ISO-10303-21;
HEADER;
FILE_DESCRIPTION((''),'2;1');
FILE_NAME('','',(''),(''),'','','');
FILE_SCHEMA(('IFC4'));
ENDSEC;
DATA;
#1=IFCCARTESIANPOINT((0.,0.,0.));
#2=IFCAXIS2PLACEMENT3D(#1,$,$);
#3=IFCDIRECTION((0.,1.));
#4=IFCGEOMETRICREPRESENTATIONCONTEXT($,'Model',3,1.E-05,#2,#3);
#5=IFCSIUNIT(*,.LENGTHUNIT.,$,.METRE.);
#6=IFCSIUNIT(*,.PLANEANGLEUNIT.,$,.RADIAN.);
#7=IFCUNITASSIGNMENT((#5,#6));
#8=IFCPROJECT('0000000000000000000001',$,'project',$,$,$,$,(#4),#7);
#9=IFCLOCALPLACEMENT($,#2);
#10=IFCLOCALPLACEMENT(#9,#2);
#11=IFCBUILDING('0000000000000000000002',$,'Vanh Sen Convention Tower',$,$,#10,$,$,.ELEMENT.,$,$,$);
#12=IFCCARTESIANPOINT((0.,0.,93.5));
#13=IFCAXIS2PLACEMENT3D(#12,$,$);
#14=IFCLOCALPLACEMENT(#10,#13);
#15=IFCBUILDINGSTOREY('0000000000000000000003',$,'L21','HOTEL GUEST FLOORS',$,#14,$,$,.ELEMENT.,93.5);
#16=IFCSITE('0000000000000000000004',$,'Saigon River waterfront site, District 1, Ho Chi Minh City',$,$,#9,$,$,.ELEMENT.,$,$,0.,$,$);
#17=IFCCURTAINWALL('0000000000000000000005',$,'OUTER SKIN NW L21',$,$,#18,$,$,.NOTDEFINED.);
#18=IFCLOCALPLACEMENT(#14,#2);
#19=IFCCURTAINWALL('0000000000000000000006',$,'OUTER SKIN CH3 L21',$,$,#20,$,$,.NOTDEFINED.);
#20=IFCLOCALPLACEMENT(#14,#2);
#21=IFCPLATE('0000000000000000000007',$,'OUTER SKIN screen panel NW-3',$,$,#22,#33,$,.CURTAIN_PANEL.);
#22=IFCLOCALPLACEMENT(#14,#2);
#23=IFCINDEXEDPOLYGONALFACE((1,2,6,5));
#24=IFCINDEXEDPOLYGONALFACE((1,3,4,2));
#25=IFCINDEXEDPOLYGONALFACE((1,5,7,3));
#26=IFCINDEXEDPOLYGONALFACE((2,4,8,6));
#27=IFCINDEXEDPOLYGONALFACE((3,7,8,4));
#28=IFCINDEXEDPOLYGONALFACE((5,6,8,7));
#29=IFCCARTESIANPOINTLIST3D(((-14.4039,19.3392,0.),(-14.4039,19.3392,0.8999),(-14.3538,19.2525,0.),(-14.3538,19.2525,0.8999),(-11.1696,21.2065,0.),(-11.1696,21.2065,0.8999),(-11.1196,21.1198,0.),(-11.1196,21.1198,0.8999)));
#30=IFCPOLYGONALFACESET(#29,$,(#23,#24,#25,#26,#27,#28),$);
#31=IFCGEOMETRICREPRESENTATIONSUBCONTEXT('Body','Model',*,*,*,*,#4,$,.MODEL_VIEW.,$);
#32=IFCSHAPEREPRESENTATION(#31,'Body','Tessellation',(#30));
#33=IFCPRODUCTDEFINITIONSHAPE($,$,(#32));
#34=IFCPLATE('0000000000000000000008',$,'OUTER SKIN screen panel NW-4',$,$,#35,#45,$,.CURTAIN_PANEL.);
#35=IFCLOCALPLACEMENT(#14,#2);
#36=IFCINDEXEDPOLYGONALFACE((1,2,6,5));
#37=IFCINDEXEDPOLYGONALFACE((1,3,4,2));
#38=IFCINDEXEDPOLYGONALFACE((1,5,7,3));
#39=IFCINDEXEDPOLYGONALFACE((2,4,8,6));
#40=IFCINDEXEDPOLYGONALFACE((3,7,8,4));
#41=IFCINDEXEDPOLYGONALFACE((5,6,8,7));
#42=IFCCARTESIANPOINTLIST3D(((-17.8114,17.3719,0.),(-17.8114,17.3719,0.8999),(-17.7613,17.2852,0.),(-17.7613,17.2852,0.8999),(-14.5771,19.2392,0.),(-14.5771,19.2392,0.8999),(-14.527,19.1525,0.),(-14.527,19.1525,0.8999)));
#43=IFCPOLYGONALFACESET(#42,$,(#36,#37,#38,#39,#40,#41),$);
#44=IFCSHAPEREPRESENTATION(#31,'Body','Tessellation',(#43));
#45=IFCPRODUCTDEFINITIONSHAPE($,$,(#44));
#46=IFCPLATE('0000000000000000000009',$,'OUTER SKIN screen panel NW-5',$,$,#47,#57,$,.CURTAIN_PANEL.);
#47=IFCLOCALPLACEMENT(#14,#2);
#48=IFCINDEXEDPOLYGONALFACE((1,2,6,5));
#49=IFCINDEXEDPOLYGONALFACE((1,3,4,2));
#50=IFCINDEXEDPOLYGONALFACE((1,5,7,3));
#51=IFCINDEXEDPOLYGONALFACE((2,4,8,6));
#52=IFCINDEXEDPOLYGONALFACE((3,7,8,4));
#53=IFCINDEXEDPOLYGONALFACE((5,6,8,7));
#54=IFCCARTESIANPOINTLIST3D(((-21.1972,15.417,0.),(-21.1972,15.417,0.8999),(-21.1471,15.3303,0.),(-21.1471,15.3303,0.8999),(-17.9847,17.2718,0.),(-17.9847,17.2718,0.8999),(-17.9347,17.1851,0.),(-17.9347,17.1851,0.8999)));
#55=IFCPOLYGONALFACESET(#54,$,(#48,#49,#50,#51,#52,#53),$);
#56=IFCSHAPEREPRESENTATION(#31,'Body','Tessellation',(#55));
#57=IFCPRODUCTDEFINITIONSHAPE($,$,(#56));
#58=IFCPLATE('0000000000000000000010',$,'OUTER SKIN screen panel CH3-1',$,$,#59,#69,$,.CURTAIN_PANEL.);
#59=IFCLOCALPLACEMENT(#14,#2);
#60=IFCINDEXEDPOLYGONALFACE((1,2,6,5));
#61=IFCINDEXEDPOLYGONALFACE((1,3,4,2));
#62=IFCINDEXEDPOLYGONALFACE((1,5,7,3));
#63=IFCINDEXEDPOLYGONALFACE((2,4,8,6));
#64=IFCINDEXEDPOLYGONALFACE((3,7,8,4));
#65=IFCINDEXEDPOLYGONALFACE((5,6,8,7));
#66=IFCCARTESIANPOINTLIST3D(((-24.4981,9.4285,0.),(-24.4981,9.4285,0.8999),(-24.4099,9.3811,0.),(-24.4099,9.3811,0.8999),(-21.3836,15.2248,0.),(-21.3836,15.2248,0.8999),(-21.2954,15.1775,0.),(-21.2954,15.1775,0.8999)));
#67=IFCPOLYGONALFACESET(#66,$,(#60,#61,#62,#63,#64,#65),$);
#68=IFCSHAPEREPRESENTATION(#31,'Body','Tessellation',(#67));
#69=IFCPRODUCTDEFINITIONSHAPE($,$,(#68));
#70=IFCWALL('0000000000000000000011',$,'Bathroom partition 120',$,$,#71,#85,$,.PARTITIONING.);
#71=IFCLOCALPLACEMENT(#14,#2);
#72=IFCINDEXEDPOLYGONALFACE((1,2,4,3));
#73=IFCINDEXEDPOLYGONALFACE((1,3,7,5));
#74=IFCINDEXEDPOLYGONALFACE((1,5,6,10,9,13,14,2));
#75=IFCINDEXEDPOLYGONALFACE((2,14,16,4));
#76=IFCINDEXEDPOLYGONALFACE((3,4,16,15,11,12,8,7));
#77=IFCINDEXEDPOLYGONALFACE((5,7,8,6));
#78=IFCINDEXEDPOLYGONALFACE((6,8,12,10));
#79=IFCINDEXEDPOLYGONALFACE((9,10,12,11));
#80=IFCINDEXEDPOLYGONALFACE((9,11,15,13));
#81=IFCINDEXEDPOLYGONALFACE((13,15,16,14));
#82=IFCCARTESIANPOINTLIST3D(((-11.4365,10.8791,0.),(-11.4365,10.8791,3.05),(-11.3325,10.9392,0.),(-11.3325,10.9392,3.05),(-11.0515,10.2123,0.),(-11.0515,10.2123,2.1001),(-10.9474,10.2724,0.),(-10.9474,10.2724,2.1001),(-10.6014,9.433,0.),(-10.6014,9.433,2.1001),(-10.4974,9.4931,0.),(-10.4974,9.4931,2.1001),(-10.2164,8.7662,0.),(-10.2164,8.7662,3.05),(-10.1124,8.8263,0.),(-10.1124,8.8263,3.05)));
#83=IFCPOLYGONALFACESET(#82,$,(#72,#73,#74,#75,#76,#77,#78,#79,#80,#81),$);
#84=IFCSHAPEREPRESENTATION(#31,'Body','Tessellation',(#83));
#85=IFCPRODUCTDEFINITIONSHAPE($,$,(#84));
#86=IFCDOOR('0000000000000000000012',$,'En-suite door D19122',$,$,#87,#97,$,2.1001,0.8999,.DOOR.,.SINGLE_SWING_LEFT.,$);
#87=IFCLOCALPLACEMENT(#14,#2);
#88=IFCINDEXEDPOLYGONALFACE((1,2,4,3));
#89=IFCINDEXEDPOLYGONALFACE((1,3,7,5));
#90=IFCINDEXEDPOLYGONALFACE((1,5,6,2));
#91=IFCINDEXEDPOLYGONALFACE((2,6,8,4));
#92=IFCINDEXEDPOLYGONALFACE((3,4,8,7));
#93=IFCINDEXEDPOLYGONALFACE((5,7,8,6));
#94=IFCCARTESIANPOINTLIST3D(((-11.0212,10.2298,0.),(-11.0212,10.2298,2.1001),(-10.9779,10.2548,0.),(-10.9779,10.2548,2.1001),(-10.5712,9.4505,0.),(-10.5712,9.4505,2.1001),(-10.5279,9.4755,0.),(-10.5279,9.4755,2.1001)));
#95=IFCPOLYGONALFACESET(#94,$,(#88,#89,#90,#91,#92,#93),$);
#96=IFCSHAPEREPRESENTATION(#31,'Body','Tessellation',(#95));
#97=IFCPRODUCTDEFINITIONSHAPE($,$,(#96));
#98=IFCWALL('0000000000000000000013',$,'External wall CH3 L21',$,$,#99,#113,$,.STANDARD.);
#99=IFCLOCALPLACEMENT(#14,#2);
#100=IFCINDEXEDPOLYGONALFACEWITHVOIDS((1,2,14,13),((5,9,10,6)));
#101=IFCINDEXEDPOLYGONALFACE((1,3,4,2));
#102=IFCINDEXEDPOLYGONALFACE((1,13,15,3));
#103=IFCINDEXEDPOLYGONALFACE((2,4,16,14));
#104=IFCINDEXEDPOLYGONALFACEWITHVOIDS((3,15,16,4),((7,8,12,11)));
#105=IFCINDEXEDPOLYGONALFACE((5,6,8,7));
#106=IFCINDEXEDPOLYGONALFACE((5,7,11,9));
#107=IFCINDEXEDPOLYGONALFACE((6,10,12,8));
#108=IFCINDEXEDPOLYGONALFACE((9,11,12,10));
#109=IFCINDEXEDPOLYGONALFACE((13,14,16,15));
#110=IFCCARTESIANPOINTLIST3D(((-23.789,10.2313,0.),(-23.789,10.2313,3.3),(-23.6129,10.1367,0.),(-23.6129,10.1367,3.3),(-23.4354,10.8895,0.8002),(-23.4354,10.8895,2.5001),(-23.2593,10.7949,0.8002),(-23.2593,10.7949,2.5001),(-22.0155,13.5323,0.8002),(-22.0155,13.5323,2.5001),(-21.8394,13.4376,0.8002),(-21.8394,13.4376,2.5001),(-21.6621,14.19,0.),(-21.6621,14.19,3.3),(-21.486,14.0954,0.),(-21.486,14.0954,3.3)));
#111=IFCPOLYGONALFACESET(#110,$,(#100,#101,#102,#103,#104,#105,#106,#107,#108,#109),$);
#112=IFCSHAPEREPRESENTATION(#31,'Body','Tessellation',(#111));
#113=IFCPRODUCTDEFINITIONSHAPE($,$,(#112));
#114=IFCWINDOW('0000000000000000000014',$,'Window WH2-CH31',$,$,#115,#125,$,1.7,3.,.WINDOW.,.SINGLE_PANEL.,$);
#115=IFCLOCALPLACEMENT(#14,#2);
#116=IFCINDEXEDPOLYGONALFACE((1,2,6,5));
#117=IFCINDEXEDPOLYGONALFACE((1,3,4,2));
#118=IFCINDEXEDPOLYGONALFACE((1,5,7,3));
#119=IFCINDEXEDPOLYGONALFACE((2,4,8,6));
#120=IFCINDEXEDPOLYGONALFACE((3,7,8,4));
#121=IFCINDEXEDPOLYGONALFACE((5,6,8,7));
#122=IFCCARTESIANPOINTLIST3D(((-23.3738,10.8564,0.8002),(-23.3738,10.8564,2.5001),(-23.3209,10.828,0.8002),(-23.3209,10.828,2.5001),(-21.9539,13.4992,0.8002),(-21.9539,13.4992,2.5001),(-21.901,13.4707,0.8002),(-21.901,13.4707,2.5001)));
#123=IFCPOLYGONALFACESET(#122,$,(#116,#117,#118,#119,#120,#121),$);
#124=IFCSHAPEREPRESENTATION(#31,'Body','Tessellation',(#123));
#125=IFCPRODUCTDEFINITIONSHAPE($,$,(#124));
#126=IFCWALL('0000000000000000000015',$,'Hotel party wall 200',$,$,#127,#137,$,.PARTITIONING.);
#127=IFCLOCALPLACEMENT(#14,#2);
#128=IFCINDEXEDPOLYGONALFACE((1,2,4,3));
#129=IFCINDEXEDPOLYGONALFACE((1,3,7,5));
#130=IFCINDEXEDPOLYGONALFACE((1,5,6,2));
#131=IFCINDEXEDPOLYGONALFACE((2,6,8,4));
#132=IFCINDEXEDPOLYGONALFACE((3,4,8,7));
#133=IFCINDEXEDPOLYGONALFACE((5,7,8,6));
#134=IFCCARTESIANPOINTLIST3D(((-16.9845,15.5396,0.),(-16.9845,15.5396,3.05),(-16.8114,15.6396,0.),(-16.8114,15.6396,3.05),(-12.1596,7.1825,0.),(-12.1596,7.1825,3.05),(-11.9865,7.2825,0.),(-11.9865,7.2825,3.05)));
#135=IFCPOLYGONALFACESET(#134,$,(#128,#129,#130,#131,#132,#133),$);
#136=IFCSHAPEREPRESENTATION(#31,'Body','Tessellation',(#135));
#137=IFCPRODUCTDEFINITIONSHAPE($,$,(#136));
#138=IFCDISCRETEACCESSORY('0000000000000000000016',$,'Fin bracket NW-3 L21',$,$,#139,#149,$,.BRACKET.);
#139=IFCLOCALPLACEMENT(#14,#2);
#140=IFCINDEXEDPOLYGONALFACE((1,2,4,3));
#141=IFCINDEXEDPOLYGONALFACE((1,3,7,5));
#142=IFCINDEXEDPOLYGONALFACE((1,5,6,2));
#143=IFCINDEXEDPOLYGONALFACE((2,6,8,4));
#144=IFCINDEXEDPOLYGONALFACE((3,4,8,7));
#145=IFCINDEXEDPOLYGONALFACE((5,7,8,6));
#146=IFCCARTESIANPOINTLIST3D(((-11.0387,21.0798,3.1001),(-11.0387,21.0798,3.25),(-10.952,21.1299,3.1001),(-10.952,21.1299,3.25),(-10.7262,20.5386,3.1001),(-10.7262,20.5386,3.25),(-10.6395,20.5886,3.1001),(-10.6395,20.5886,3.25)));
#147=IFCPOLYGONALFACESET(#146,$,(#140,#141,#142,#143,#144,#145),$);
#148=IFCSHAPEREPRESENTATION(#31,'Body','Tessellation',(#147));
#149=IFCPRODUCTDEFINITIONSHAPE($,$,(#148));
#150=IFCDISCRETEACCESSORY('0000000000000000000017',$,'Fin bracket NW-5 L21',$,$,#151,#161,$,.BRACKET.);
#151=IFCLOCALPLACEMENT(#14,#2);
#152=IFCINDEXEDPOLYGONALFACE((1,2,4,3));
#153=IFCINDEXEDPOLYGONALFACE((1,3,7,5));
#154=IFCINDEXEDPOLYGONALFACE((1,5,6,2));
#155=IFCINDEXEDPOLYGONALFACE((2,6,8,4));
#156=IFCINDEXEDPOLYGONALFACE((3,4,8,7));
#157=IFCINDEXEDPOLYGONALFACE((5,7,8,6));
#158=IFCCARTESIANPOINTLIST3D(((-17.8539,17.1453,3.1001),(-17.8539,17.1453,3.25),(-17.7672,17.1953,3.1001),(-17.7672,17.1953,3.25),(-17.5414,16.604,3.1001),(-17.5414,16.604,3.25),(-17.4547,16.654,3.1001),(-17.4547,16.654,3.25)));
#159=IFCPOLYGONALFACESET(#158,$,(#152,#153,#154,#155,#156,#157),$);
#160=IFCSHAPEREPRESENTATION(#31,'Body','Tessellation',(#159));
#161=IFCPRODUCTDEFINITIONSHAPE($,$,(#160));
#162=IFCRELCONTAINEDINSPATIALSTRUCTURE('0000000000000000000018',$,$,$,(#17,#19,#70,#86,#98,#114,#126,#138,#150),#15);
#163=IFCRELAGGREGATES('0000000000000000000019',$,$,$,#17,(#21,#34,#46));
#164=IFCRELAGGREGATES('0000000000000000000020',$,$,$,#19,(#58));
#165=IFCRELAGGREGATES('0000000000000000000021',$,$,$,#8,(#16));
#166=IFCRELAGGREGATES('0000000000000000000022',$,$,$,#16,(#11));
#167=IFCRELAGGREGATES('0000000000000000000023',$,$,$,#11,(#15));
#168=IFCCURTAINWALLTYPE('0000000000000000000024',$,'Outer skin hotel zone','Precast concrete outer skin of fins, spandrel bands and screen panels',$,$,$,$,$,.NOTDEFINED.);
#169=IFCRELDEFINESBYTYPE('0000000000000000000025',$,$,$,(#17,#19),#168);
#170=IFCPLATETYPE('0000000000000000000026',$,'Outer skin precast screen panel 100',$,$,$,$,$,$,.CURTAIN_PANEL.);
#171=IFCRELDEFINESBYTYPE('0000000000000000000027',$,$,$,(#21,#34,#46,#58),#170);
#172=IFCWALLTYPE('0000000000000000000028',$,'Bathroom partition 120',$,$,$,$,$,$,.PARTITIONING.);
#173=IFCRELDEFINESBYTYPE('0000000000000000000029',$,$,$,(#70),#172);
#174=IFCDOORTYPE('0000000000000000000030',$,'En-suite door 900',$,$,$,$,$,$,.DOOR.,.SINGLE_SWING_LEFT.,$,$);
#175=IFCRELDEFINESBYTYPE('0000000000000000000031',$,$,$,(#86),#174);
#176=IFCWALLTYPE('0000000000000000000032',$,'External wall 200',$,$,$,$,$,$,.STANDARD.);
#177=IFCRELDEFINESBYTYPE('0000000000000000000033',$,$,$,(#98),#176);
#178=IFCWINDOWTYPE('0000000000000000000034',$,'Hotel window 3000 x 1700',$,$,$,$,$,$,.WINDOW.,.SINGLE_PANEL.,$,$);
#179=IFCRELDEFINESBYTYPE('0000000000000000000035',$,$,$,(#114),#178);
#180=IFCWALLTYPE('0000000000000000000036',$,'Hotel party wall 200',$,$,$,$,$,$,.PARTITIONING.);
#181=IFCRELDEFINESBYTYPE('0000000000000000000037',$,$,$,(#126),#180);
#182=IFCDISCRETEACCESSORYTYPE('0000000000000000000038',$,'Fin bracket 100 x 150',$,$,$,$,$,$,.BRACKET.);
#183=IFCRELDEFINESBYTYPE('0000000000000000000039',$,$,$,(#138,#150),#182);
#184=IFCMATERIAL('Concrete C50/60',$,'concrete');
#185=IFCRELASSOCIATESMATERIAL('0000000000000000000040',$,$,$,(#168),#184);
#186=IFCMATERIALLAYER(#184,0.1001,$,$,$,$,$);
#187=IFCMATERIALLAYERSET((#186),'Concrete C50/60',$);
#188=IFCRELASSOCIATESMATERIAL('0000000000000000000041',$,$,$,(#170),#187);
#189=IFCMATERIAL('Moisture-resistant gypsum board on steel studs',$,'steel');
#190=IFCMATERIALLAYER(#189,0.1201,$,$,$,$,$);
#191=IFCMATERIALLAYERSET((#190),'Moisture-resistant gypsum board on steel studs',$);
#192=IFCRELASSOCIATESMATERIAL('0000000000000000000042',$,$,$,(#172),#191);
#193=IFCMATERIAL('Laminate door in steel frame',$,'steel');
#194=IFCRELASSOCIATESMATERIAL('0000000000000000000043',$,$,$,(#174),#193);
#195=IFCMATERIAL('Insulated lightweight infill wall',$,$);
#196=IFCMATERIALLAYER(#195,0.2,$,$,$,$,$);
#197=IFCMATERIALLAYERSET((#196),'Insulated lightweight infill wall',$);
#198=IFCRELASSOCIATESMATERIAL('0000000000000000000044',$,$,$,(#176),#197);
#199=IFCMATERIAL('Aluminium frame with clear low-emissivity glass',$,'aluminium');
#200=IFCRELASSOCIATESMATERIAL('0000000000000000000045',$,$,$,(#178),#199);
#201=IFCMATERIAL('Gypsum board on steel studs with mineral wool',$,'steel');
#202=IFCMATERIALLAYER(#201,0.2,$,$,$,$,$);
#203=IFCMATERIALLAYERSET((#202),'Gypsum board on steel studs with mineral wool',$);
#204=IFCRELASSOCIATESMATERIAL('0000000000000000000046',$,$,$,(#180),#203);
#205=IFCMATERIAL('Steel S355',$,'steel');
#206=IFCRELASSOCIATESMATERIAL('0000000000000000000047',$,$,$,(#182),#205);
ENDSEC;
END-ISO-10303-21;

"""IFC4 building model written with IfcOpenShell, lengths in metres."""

from ifc_helpers import new_model, si_unit, direction, frame, frame_2d, origin, origin_2d, place, context, subcontext, project, spatial, rectangle, extrude, material, layer, layer_set, type_object, element, fill, aggregate, save


model = new_model("IFC4")

# Units and contexts
model_context = context("Model", 3, precision=1e-05, world=origin(), true_north=direction((0.0, 1.0)))
body_context = subcontext(model_context, "Body", "Model", "MODEL_VIEW")
ifc_project = project(units=[si_unit("LENGTHUNIT", "METRE"), si_unit("PLANEANGLEUNIT", "RADIAN")], contexts=[model_context])

# Site, building, storey
site_placement = place(None, origin())
site = spatial("IfcSite", under=ifc_project, at=site_placement, Name="Saigon River waterfront site, District 1, Ho Chi Minh City", CompositionType="ELEMENT", RefElevation=0.0)
building_placement = place(site_placement, origin())
building = spatial("IfcBuilding", under=site, at=building_placement, Name="Vanh Sen Convention Tower", CompositionType="ELEMENT")
storey_placement = place(building_placement, frame((0.0, 0.0, 93.5)))
storey = spatial("IfcBuildingStorey", under=building, at=storey_placement, Name="L21", Description="HOTEL GUEST FLOORS", CompositionType="ELEMENT", Elevation=93.5)

# Curtain wall
ifc_material_1 = material(Name="Concrete C50/60", Category="concrete")
curtain_wall_type = type_object("IfcCurtainWallType", Name="Outer skin hotel zone", Description="Precast concrete outer skin of fins, spandrel bands and screen panels", PredefinedType="NOTDEFINED", material=ifc_material_1)
curtain_wall_1_placement = place(storey_placement, origin())
curtain_wall_1 = element("IfcCurtainWall", 1, at=curtain_wall_1_placement, inside=storey, type_object=curtain_wall_type, Name="OUTER SKIN NW L21", PredefinedType="NOTDEFINED")

# Curtain wall
curtain_wall_2_placement = place(storey_placement, origin())
curtain_wall_2 = element("IfcCurtainWall", 2, at=curtain_wall_2_placement, inside=storey, type_object=curtain_wall_type, Name="OUTER SKIN CH3 L21", PredefinedType="NOTDEFINED")

# Plates
ifc_layer_1 = layer(ifc_material_1, 0.1001)
ifc_layer_set_1 = layer_set([ifc_layer_1], Name="Concrete C50/60")
plate_type = type_object("IfcPlateType", Name="Outer skin precast screen panel 100", PredefinedType="CURTAIN_PANEL", material=ifc_layer_set_1)
plate_1_placement = place(storey_placement, frame((-12.7617, 20.2295, 0.0), z_axis=(0.0, 0.0, 1.0), x_axis=(-0.866028, -0.499995, 0.0)))
plate_1 = element("IfcPlate", 3, at=plate_1_placement, type_object=plate_type, Name="OUTER SKIN screen panel NW-3", PredefinedType="CURTAIN_PANEL", context=body_context, shape_type="SweptSolid", body=[
    extrude(rectangle(XDim=3.7346, YDim=0.1001, at=origin_2d()), origin(), (0.0, 0.0, 1.0), 0.8999),
])
plate_2_placement = place(storey_placement, frame((-16.1692, 18.2622, 0.0), z_axis=(0.0, 0.0, 1.0), x_axis=(-0.866028, -0.499995, 0.0)))
plate_2 = element("IfcPlate", 4, at=plate_2_placement, type_object=plate_type, Name="OUTER SKIN screen panel NW-4", PredefinedType="CURTAIN_PANEL", context=body_context, shape_type="SweptSolid", body=[
    extrude(rectangle(XDim=3.7346, YDim=0.1001, at=origin_2d()), origin(), (0.0, 0.0, 1.0), 0.8999),
])
plate_3_placement = place(storey_placement, frame((-19.5659, 16.301, 0.0), z_axis=(0.0, 0.0, 1.0), x_axis=(-0.866021, -0.500008, 0.0)))
plate_3 = element("IfcPlate", 5, at=plate_3_placement, type_object=plate_type, Name="OUTER SKIN screen panel NW-5", PredefinedType="CURTAIN_PANEL", context=body_context, shape_type="SweptSolid", body=[
    extrude(rectangle(XDim=3.7095, YDim=0.1001, at=origin_2d()), origin(), (0.0, 0.0, 1.0), 0.8999),
])
aggregate(curtain_wall_1, [plate_1, plate_2, plate_3])
plate_4_placement = place(storey_placement, frame((-22.8967, 12.303, 0.0), z_axis=(0.0, 0.0, 1.0), x_axis=(-0.473318, -0.880892, 0.0)))
plate_4 = element("IfcPlate", 6, at=plate_4_placement, type_object=plate_type, Name="OUTER SKIN screen panel CH3-1", PredefinedType="CURTAIN_PANEL", context=body_context, shape_type="SweptSolid", body=[
    extrude(rectangle(XDim=6.5801, YDim=0.1001, at=origin_2d()), origin(), (0.0, 0.0, 1.0), 0.8999),
])
aggregate(curtain_wall_2, [plate_4])

# Wall, opening, door
ifc_material_2 = material(Name="Moisture-resistant gypsum board on steel studs", Category="steel")
ifc_layer_2 = layer(ifc_material_2, 0.1201)
ifc_layer_set_2 = layer_set([ifc_layer_2], Name="Moisture-resistant gypsum board on steel studs")
wall_type_1 = type_object("IfcWallType", Name="Bathroom partition 120", PredefinedType="PARTITIONING", material=ifc_layer_set_2)
wall_1_placement = place(storey_placement, frame((-11.3845, 10.9092, 0.0), z_axis=(0.0, 0.0, 1.0), x_axis=(0.500078, -0.865981, 0.0)))
wall_1 = element("IfcWall", 7, at=wall_1_placement, inside=storey, type_object=wall_type_1, Name="Bathroom partition 120", PredefinedType="PARTITIONING", context=body_context, shape_type="SweptSolid", body=[
    extrude(rectangle(XDim=2.4399, YDim=0.1201, at=frame_2d((1.22, 0.0))), origin(), (0.0, 0.0, 1.0), 3.05),
])
opening_1_placement = place(wall_1_placement, frame((0.77, 0.0, 0.0)))
opening_1 = element("IfcOpeningElement", 8, at=opening_1_placement, cuts=wall_1, PredefinedType="OPENING", context=body_context, shape_type="SweptSolid", body=[
    extrude(rectangle(XDim=0.8999, YDim=2.1001, at=frame_2d((0.45, 1.05))), frame((0.0, 0.0701, 0.0), z_axis=(0.0, -1.0, 0.0), x_axis=(1.0, 0.0, 0.0)), (0.0, 0.0, 1.0), 0.1401),
])
ifc_material_3 = material(Name="Laminate door in steel frame", Category="steel")
door_type = type_object("IfcDoorType", Name="En-suite door 900", OperationType="SINGLE_SWING_LEFT", PredefinedType="DOOR", material=ifc_material_3)
door_placement = place(opening_1_placement, origin())
door = element("IfcDoor", 9, at=door_placement, inside=storey, type_object=door_type, Name="En-suite door D19122", OperationType="SINGLE_SWING_LEFT", OverallHeight=2.1001, OverallWidth=0.8999, PredefinedType="DOOR", context=body_context, shape_type="SweptSolid", body=[
    extrude(rectangle(XDim=0.8999, YDim=2.1001, at=frame_2d((0.45, 1.05))), frame((0.0, 0.0249, 0.0), z_axis=(0.0, -1.0, 0.0), x_axis=(1.0, 0.0, 0.0)), (0.0, 0.0, 1.0), 0.05),
])
fill(opening_1, door)

# Wall, opening, window
ifc_material_4 = material(Name="Insulated lightweight infill wall")
ifc_layer_3 = layer(ifc_material_4, 0.2)
ifc_layer_set_3 = layer_set([ifc_layer_3], Name="Insulated lightweight infill wall")
wall_type_2 = type_object("IfcWallType", Name="External wall 200", PredefinedType="STANDARD", material=ifc_layer_set_3)
wall_2_placement = place(storey_placement, frame((-21.574, 14.1428, 0.0), z_axis=(0.0, 0.0, 1.0), x_axis=(-0.473293, -0.880905, 0.0)))
wall_2 = element("IfcWall", 10, at=wall_2_placement, inside=storey, type_object=wall_type_2, Name="External wall CH3 L21", PredefinedType="STANDARD", context=body_context, shape_type="SweptSolid", body=[
    extrude(rectangle(XDim=4.4939, YDim=0.2, at=frame_2d((2.2471, 0.0))), origin(), (0.0, 0.0, 1.0), 3.3),
])
opening_2_placement = place(wall_2_placement, frame((0.7468, 0.0, 0.8)))
opening_2 = element("IfcOpeningElement", 11, at=opening_2_placement, cuts=wall_2, PredefinedType="OPENING", context=body_context, shape_type="SweptSolid", body=[
    extrude(rectangle(XDim=3.0, YDim=1.7, at=frame_2d((1.5, 0.8501))), frame((0.0, 0.1099, 0.0), z_axis=(0.0, -1.0, 0.0), x_axis=(1.0, 0.0, 0.0)), (0.0, 0.0, 1.0), 0.22),
])
ifc_material_5 = material(Name="Aluminium frame with clear low-emissivity glass", Category="aluminium")
window_type = type_object("IfcWindowType", Name="Hotel window 3000 x 1700", PartitioningType="SINGLE_PANEL", PredefinedType="WINDOW", material=ifc_material_5)
window_placement = place(opening_2_placement, origin())
window = element("IfcWindow", 12, at=window_placement, inside=storey, type_object=window_type, Name="Window WH2-CH31", OverallHeight=1.7, OverallWidth=3.0, PartitioningType="SINGLE_PANEL", PredefinedType="WINDOW", context=body_context, shape_type="SweptSolid", body=[
    extrude(rectangle(XDim=3.0, YDim=1.7, at=frame_2d((1.5, 0.8501))), frame((0.0, 0.03, 0.0), z_axis=(0.0, -1.0, 0.0), x_axis=(1.0, 0.0, 0.0)), (0.0, 0.0, 1.0), 0.0601),
])
fill(opening_2, window)

# Wall
ifc_material_6 = material(Name="Gypsum board on steel studs with mineral wool", Category="steel")
ifc_layer_4 = layer(ifc_material_6, 0.2)
ifc_layer_set_4 = layer_set([ifc_layer_4], Name="Gypsum board on steel studs with mineral wool")
wall_type_3 = type_object("IfcWallType", Name="Hotel party wall 200", PredefinedType="PARTITIONING", material=ifc_layer_set_4)
wall_3_placement = place(storey_placement, frame((-16.8979, 15.5896, 0.0), z_axis=(0.0, 0.0, 1.0), x_axis=(0.499995, -0.866028, 0.0)))
element("IfcWall", 13, at=wall_3_placement, inside=storey, type_object=wall_type_3, Name="Hotel party wall 200", PredefinedType="PARTITIONING", context=body_context, shape_type="SweptSolid", body=[
    extrude(rectangle(XDim=9.6499, YDim=0.2, at=frame_2d((4.825, 0.0))), origin(), (0.0, 0.0, 1.0), 3.05),
])

# Discrete accessories
ifc_material_7 = material(Name="Steel S355", Category="steel")
discrete_accessory_type = type_object("IfcDiscreteAccessoryType", Name="Fin bracket 100 x 150", PredefinedType="BRACKET", material=ifc_material_7)
for number, where, z_axis, x_axis, name in (
    (14, (-10.8391, 20.8342, 3.1001), (0.0, 0.0, 1.0), (-0.5, 0.866025, 0.0), "Fin bracket NW-3 L21"),
    (15, (-17.6543, 16.8997, 3.1001), (0.0, 0.0, 1.0), (-0.5, 0.866025, 0.0), "Fin bracket NW-5 L21"),
):
    element("IfcDiscreteAccessory", number, at=place(storey_placement, frame(where, z_axis=z_axis, x_axis=x_axis)), inside=storey, type_object=discrete_accessory_type, Name=name, PredefinedType="BRACKET", context=body_context, shape_type="SweptSolid", body=[
        extrude(rectangle(XDim=0.625, YDim=0.1001, at=origin_2d()), origin(), (0.0, 0.0, 1.0), 0.1499),
    ])

save(model, "model.ifc")
